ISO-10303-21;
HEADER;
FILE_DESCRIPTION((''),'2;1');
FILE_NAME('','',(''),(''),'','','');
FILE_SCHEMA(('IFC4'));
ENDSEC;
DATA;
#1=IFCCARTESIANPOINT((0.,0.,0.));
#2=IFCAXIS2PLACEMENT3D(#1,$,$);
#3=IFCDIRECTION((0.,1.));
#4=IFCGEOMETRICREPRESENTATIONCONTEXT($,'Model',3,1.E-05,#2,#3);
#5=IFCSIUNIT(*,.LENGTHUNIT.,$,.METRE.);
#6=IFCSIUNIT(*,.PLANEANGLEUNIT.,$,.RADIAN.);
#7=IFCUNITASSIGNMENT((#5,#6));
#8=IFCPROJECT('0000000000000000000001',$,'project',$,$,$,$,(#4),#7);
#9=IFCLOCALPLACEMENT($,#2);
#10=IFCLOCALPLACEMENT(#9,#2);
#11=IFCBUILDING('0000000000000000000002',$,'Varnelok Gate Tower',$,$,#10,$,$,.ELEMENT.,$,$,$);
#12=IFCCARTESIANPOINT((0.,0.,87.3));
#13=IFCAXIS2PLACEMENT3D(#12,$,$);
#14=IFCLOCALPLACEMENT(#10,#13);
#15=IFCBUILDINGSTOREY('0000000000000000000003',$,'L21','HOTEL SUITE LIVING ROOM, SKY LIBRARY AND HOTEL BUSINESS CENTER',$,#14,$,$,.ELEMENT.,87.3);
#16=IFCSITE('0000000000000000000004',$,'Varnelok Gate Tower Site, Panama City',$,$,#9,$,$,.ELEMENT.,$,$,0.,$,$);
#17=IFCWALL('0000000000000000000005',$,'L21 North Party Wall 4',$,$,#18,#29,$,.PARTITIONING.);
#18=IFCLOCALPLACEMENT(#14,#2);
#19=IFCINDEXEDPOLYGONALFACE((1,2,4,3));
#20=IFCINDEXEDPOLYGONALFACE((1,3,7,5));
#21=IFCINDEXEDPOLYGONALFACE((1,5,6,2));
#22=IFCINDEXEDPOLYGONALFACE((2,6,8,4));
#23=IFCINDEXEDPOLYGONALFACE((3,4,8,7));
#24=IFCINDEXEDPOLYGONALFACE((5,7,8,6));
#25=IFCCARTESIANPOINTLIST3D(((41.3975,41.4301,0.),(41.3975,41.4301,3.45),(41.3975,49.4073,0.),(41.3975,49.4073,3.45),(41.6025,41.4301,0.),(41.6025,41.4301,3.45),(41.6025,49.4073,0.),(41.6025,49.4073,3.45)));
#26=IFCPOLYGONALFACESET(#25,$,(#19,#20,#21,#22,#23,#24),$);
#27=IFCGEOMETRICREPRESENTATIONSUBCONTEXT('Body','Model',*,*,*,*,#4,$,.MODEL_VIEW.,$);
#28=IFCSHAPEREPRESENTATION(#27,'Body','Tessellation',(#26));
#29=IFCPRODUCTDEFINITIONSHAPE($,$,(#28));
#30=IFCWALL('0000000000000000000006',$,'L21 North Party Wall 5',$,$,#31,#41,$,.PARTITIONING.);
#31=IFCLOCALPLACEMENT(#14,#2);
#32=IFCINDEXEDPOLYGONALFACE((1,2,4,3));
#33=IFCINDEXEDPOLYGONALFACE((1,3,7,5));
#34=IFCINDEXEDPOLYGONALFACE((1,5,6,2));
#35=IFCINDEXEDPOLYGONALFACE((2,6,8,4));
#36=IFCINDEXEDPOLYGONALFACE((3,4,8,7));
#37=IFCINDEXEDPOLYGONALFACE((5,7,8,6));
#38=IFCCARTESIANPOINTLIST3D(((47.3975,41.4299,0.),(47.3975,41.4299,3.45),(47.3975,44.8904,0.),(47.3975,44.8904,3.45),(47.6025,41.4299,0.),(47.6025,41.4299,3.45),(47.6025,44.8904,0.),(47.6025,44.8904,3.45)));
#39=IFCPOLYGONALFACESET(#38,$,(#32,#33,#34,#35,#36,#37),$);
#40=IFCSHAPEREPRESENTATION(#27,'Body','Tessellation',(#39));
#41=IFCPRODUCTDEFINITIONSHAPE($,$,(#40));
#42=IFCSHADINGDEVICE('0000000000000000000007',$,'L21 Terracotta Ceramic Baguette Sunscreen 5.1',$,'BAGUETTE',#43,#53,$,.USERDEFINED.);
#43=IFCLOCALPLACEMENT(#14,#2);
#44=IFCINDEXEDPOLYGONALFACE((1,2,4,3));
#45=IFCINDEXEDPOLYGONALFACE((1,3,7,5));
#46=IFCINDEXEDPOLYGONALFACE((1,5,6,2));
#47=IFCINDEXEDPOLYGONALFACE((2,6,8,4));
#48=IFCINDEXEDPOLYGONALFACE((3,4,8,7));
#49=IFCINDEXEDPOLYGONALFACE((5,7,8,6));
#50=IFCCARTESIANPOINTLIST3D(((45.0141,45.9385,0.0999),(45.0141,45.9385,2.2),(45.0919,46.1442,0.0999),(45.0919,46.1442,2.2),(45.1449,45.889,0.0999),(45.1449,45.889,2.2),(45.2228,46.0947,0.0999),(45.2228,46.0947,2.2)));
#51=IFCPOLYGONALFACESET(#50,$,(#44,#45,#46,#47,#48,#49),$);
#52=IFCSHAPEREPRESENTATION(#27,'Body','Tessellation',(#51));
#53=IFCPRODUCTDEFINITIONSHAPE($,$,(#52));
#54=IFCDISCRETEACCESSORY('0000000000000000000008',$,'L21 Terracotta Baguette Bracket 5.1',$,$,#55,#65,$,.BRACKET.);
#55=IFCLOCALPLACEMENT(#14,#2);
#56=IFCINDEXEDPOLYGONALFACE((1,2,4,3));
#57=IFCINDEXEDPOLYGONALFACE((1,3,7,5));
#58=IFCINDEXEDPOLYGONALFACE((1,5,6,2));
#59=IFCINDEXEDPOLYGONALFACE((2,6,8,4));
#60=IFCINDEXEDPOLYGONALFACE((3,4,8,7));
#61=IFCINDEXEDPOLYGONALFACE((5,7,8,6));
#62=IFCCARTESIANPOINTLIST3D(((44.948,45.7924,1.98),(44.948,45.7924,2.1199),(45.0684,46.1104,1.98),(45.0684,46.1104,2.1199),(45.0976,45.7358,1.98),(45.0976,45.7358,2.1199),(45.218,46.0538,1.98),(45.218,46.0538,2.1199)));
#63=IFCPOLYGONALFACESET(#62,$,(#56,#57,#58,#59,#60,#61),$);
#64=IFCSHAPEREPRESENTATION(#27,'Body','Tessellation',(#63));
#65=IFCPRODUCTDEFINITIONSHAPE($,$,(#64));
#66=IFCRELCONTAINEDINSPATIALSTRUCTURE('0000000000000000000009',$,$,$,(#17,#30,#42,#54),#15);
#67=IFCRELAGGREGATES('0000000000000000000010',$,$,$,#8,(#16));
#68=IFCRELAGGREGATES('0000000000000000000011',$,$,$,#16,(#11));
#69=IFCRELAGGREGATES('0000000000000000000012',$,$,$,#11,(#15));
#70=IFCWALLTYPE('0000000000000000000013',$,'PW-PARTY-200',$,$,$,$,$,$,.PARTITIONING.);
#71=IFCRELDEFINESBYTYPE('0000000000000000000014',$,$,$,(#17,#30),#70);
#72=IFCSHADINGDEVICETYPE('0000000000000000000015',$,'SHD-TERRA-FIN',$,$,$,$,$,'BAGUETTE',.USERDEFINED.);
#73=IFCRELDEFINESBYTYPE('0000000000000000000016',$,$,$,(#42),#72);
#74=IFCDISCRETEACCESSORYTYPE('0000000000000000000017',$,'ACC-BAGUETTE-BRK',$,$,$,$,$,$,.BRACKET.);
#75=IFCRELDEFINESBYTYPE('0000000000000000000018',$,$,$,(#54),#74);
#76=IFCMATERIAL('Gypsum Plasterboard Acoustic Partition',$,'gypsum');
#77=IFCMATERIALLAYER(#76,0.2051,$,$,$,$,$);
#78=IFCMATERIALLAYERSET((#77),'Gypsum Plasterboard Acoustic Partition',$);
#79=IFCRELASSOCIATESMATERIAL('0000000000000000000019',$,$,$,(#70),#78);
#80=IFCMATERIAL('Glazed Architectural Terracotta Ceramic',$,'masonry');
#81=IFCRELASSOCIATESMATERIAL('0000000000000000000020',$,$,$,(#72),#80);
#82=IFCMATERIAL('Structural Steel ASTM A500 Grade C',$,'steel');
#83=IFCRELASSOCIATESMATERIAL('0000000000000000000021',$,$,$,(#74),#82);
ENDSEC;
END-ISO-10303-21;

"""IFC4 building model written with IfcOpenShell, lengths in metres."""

from ifc_helpers import new_model, si_unit, direction, frame, frame_2d, origin, origin_2d, place, context, subcontext, project, spatial, rectangle, extrude, source, transform, mapped, material, layer, layer_set, type_object, element, save


model = new_model("IFC4")

# Units and contexts
model_context = context("Model", 3, precision=1e-05, world=origin(), true_north=direction((0.0, 1.0)))
body_context = subcontext(model_context, "Body", "Model", "MODEL_VIEW")
ifc_project = project(units=[si_unit("LENGTHUNIT", "METRE"), si_unit("PLANEANGLEUNIT", "RADIAN")], contexts=[model_context])

# Site, building, storey
site_placement = place(None, origin())
site = spatial("IfcSite", under=ifc_project, at=site_placement, Name="Varnelok Gate Tower Site, Panama City", CompositionType="ELEMENT", RefElevation=0.0)
building_placement = place(site_placement, origin())
building = spatial("IfcBuilding", under=site, at=building_placement, Name="Varnelok Gate Tower", CompositionType="ELEMENT")
storey_placement = place(building_placement, frame((0.0, 0.0, 87.3)))
storey = spatial("IfcBuildingStorey", under=building, at=storey_placement, Name="L21", Description="HOTEL SUITE LIVING ROOM, SKY LIBRARY AND HOTEL BUSINESS CENTER", CompositionType="ELEMENT", Elevation=87.3)

# Shared definitions
ifc_material_1 = material(Name="Gypsum Plasterboard Acoustic Partition", Category="gypsum")

# Walls
ifc_layer_1 = layer(ifc_material_1, 0.2051)
ifc_layer_set_1 = layer_set([ifc_layer_1], Name="Gypsum Plasterboard Acoustic Partition")
wall_type_1 = type_object("IfcWallType", Name="PW-PARTY-200", PredefinedType="PARTITIONING", material=ifc_layer_set_1)
wall_1_placement = place(storey_placement, frame((41.5, 41.4299, 0.0), z_axis=(0.0, 0.0, 1.0), x_axis=(0.0, 1.0, 0.0)))
element("IfcWall", 1, at=wall_1_placement, inside=storey, type_object=wall_type_1, Name="L21 North Party Wall 4", PredefinedType="PARTITIONING", context=body_context, shape_type="SweptSolid", body=[
    extrude(rectangle(XDim=7.9773, YDim=0.2051, at=frame_2d((3.9888, 0.0))), origin(), (0.0, 0.0, 1.0), 3.45),
])
wall_2_placement = place(storey_placement, frame((47.5, 41.4299, 0.0), z_axis=(0.0, 0.0, 1.0), x_axis=(0.0, 1.0, 0.0)))
element("IfcWall", 2, at=wall_2_placement, inside=storey, type_object=wall_type_1, Name="L21 North Party Wall 5", PredefinedType="PARTITIONING", context=body_context, shape_type="SweptSolid", body=[
    extrude(rectangle(XDim=3.4604, YDim=0.2051, at=frame_2d((1.7302, 0.0))), origin(), (0.0, 0.0, 1.0), 3.45),
])

# Shading device
ifc_material_2 = material(Name="Glazed Architectural Terracotta Ceramic", Category="masonry")
shading_device_type = type_object("IfcShadingDeviceType", Name="SHD-TERRA-FIN", ElementType="BAGUETTE", PredefinedType="USERDEFINED", material=ifc_material_2)
shared_shape_1 = source(origin(), body_context, "Body", "SweptSolid", [
    extrude(rectangle(XDim=0.1399, YDim=0.22, at=origin_2d()), origin(), (0.0, 0.0, 1.0), 2.1001),
])
shading_device_placement = place(storey_placement, frame((45.1184, 46.0166, 0.0999), z_axis=(0.0, 0.0, 1.0), x_axis=(0.935222, -0.354063, 0.0)))
element("IfcShadingDevice", 3, at=shading_device_placement, inside=storey, type_object=shading_device_type, Name="L21 Terracotta Ceramic Baguette Sunscreen 5.1", ObjectType="BAGUETTE", PredefinedType="USERDEFINED", context=body_context, shape_type="MappedRepresentation", body=[
    mapped(shared_shape_1, transform((0.0, 0.0, 0.0), scale=1.0)),
])

# Discrete accessory
ifc_material_3 = material(Name="Structural Steel ASTM A500 Grade C", Category="steel")
discrete_accessory_type = type_object("IfcDiscreteAccessoryType", Name="ACC-BAGUETTE-BRK", PredefinedType="BRACKET", material=ifc_material_3)
shared_shape_2 = source(origin(), body_context, "Body", "SweptSolid", [
    extrude(rectangle(XDim=0.1599, YDim=0.3401, at=origin_2d()), origin(), (0.0, 0.0, 1.0), 0.1399),
])
discrete_accessory_placement = place(storey_placement, frame((45.083, 45.9231, 1.98), z_axis=(0.0, 0.0, 1.0), x_axis=(0.935222, -0.354063, 0.0)))
element("IfcDiscreteAccessory", 4, at=discrete_accessory_placement, inside=storey, type_object=discrete_accessory_type, Name="L21 Terracotta Baguette Bracket 5.1", PredefinedType="BRACKET", context=body_context, shape_type="MappedRepresentation", body=[
    mapped(shared_shape_2, transform((0.0, 0.0, 0.0), scale=1.0)),
])

save(model, "model.ifc")
